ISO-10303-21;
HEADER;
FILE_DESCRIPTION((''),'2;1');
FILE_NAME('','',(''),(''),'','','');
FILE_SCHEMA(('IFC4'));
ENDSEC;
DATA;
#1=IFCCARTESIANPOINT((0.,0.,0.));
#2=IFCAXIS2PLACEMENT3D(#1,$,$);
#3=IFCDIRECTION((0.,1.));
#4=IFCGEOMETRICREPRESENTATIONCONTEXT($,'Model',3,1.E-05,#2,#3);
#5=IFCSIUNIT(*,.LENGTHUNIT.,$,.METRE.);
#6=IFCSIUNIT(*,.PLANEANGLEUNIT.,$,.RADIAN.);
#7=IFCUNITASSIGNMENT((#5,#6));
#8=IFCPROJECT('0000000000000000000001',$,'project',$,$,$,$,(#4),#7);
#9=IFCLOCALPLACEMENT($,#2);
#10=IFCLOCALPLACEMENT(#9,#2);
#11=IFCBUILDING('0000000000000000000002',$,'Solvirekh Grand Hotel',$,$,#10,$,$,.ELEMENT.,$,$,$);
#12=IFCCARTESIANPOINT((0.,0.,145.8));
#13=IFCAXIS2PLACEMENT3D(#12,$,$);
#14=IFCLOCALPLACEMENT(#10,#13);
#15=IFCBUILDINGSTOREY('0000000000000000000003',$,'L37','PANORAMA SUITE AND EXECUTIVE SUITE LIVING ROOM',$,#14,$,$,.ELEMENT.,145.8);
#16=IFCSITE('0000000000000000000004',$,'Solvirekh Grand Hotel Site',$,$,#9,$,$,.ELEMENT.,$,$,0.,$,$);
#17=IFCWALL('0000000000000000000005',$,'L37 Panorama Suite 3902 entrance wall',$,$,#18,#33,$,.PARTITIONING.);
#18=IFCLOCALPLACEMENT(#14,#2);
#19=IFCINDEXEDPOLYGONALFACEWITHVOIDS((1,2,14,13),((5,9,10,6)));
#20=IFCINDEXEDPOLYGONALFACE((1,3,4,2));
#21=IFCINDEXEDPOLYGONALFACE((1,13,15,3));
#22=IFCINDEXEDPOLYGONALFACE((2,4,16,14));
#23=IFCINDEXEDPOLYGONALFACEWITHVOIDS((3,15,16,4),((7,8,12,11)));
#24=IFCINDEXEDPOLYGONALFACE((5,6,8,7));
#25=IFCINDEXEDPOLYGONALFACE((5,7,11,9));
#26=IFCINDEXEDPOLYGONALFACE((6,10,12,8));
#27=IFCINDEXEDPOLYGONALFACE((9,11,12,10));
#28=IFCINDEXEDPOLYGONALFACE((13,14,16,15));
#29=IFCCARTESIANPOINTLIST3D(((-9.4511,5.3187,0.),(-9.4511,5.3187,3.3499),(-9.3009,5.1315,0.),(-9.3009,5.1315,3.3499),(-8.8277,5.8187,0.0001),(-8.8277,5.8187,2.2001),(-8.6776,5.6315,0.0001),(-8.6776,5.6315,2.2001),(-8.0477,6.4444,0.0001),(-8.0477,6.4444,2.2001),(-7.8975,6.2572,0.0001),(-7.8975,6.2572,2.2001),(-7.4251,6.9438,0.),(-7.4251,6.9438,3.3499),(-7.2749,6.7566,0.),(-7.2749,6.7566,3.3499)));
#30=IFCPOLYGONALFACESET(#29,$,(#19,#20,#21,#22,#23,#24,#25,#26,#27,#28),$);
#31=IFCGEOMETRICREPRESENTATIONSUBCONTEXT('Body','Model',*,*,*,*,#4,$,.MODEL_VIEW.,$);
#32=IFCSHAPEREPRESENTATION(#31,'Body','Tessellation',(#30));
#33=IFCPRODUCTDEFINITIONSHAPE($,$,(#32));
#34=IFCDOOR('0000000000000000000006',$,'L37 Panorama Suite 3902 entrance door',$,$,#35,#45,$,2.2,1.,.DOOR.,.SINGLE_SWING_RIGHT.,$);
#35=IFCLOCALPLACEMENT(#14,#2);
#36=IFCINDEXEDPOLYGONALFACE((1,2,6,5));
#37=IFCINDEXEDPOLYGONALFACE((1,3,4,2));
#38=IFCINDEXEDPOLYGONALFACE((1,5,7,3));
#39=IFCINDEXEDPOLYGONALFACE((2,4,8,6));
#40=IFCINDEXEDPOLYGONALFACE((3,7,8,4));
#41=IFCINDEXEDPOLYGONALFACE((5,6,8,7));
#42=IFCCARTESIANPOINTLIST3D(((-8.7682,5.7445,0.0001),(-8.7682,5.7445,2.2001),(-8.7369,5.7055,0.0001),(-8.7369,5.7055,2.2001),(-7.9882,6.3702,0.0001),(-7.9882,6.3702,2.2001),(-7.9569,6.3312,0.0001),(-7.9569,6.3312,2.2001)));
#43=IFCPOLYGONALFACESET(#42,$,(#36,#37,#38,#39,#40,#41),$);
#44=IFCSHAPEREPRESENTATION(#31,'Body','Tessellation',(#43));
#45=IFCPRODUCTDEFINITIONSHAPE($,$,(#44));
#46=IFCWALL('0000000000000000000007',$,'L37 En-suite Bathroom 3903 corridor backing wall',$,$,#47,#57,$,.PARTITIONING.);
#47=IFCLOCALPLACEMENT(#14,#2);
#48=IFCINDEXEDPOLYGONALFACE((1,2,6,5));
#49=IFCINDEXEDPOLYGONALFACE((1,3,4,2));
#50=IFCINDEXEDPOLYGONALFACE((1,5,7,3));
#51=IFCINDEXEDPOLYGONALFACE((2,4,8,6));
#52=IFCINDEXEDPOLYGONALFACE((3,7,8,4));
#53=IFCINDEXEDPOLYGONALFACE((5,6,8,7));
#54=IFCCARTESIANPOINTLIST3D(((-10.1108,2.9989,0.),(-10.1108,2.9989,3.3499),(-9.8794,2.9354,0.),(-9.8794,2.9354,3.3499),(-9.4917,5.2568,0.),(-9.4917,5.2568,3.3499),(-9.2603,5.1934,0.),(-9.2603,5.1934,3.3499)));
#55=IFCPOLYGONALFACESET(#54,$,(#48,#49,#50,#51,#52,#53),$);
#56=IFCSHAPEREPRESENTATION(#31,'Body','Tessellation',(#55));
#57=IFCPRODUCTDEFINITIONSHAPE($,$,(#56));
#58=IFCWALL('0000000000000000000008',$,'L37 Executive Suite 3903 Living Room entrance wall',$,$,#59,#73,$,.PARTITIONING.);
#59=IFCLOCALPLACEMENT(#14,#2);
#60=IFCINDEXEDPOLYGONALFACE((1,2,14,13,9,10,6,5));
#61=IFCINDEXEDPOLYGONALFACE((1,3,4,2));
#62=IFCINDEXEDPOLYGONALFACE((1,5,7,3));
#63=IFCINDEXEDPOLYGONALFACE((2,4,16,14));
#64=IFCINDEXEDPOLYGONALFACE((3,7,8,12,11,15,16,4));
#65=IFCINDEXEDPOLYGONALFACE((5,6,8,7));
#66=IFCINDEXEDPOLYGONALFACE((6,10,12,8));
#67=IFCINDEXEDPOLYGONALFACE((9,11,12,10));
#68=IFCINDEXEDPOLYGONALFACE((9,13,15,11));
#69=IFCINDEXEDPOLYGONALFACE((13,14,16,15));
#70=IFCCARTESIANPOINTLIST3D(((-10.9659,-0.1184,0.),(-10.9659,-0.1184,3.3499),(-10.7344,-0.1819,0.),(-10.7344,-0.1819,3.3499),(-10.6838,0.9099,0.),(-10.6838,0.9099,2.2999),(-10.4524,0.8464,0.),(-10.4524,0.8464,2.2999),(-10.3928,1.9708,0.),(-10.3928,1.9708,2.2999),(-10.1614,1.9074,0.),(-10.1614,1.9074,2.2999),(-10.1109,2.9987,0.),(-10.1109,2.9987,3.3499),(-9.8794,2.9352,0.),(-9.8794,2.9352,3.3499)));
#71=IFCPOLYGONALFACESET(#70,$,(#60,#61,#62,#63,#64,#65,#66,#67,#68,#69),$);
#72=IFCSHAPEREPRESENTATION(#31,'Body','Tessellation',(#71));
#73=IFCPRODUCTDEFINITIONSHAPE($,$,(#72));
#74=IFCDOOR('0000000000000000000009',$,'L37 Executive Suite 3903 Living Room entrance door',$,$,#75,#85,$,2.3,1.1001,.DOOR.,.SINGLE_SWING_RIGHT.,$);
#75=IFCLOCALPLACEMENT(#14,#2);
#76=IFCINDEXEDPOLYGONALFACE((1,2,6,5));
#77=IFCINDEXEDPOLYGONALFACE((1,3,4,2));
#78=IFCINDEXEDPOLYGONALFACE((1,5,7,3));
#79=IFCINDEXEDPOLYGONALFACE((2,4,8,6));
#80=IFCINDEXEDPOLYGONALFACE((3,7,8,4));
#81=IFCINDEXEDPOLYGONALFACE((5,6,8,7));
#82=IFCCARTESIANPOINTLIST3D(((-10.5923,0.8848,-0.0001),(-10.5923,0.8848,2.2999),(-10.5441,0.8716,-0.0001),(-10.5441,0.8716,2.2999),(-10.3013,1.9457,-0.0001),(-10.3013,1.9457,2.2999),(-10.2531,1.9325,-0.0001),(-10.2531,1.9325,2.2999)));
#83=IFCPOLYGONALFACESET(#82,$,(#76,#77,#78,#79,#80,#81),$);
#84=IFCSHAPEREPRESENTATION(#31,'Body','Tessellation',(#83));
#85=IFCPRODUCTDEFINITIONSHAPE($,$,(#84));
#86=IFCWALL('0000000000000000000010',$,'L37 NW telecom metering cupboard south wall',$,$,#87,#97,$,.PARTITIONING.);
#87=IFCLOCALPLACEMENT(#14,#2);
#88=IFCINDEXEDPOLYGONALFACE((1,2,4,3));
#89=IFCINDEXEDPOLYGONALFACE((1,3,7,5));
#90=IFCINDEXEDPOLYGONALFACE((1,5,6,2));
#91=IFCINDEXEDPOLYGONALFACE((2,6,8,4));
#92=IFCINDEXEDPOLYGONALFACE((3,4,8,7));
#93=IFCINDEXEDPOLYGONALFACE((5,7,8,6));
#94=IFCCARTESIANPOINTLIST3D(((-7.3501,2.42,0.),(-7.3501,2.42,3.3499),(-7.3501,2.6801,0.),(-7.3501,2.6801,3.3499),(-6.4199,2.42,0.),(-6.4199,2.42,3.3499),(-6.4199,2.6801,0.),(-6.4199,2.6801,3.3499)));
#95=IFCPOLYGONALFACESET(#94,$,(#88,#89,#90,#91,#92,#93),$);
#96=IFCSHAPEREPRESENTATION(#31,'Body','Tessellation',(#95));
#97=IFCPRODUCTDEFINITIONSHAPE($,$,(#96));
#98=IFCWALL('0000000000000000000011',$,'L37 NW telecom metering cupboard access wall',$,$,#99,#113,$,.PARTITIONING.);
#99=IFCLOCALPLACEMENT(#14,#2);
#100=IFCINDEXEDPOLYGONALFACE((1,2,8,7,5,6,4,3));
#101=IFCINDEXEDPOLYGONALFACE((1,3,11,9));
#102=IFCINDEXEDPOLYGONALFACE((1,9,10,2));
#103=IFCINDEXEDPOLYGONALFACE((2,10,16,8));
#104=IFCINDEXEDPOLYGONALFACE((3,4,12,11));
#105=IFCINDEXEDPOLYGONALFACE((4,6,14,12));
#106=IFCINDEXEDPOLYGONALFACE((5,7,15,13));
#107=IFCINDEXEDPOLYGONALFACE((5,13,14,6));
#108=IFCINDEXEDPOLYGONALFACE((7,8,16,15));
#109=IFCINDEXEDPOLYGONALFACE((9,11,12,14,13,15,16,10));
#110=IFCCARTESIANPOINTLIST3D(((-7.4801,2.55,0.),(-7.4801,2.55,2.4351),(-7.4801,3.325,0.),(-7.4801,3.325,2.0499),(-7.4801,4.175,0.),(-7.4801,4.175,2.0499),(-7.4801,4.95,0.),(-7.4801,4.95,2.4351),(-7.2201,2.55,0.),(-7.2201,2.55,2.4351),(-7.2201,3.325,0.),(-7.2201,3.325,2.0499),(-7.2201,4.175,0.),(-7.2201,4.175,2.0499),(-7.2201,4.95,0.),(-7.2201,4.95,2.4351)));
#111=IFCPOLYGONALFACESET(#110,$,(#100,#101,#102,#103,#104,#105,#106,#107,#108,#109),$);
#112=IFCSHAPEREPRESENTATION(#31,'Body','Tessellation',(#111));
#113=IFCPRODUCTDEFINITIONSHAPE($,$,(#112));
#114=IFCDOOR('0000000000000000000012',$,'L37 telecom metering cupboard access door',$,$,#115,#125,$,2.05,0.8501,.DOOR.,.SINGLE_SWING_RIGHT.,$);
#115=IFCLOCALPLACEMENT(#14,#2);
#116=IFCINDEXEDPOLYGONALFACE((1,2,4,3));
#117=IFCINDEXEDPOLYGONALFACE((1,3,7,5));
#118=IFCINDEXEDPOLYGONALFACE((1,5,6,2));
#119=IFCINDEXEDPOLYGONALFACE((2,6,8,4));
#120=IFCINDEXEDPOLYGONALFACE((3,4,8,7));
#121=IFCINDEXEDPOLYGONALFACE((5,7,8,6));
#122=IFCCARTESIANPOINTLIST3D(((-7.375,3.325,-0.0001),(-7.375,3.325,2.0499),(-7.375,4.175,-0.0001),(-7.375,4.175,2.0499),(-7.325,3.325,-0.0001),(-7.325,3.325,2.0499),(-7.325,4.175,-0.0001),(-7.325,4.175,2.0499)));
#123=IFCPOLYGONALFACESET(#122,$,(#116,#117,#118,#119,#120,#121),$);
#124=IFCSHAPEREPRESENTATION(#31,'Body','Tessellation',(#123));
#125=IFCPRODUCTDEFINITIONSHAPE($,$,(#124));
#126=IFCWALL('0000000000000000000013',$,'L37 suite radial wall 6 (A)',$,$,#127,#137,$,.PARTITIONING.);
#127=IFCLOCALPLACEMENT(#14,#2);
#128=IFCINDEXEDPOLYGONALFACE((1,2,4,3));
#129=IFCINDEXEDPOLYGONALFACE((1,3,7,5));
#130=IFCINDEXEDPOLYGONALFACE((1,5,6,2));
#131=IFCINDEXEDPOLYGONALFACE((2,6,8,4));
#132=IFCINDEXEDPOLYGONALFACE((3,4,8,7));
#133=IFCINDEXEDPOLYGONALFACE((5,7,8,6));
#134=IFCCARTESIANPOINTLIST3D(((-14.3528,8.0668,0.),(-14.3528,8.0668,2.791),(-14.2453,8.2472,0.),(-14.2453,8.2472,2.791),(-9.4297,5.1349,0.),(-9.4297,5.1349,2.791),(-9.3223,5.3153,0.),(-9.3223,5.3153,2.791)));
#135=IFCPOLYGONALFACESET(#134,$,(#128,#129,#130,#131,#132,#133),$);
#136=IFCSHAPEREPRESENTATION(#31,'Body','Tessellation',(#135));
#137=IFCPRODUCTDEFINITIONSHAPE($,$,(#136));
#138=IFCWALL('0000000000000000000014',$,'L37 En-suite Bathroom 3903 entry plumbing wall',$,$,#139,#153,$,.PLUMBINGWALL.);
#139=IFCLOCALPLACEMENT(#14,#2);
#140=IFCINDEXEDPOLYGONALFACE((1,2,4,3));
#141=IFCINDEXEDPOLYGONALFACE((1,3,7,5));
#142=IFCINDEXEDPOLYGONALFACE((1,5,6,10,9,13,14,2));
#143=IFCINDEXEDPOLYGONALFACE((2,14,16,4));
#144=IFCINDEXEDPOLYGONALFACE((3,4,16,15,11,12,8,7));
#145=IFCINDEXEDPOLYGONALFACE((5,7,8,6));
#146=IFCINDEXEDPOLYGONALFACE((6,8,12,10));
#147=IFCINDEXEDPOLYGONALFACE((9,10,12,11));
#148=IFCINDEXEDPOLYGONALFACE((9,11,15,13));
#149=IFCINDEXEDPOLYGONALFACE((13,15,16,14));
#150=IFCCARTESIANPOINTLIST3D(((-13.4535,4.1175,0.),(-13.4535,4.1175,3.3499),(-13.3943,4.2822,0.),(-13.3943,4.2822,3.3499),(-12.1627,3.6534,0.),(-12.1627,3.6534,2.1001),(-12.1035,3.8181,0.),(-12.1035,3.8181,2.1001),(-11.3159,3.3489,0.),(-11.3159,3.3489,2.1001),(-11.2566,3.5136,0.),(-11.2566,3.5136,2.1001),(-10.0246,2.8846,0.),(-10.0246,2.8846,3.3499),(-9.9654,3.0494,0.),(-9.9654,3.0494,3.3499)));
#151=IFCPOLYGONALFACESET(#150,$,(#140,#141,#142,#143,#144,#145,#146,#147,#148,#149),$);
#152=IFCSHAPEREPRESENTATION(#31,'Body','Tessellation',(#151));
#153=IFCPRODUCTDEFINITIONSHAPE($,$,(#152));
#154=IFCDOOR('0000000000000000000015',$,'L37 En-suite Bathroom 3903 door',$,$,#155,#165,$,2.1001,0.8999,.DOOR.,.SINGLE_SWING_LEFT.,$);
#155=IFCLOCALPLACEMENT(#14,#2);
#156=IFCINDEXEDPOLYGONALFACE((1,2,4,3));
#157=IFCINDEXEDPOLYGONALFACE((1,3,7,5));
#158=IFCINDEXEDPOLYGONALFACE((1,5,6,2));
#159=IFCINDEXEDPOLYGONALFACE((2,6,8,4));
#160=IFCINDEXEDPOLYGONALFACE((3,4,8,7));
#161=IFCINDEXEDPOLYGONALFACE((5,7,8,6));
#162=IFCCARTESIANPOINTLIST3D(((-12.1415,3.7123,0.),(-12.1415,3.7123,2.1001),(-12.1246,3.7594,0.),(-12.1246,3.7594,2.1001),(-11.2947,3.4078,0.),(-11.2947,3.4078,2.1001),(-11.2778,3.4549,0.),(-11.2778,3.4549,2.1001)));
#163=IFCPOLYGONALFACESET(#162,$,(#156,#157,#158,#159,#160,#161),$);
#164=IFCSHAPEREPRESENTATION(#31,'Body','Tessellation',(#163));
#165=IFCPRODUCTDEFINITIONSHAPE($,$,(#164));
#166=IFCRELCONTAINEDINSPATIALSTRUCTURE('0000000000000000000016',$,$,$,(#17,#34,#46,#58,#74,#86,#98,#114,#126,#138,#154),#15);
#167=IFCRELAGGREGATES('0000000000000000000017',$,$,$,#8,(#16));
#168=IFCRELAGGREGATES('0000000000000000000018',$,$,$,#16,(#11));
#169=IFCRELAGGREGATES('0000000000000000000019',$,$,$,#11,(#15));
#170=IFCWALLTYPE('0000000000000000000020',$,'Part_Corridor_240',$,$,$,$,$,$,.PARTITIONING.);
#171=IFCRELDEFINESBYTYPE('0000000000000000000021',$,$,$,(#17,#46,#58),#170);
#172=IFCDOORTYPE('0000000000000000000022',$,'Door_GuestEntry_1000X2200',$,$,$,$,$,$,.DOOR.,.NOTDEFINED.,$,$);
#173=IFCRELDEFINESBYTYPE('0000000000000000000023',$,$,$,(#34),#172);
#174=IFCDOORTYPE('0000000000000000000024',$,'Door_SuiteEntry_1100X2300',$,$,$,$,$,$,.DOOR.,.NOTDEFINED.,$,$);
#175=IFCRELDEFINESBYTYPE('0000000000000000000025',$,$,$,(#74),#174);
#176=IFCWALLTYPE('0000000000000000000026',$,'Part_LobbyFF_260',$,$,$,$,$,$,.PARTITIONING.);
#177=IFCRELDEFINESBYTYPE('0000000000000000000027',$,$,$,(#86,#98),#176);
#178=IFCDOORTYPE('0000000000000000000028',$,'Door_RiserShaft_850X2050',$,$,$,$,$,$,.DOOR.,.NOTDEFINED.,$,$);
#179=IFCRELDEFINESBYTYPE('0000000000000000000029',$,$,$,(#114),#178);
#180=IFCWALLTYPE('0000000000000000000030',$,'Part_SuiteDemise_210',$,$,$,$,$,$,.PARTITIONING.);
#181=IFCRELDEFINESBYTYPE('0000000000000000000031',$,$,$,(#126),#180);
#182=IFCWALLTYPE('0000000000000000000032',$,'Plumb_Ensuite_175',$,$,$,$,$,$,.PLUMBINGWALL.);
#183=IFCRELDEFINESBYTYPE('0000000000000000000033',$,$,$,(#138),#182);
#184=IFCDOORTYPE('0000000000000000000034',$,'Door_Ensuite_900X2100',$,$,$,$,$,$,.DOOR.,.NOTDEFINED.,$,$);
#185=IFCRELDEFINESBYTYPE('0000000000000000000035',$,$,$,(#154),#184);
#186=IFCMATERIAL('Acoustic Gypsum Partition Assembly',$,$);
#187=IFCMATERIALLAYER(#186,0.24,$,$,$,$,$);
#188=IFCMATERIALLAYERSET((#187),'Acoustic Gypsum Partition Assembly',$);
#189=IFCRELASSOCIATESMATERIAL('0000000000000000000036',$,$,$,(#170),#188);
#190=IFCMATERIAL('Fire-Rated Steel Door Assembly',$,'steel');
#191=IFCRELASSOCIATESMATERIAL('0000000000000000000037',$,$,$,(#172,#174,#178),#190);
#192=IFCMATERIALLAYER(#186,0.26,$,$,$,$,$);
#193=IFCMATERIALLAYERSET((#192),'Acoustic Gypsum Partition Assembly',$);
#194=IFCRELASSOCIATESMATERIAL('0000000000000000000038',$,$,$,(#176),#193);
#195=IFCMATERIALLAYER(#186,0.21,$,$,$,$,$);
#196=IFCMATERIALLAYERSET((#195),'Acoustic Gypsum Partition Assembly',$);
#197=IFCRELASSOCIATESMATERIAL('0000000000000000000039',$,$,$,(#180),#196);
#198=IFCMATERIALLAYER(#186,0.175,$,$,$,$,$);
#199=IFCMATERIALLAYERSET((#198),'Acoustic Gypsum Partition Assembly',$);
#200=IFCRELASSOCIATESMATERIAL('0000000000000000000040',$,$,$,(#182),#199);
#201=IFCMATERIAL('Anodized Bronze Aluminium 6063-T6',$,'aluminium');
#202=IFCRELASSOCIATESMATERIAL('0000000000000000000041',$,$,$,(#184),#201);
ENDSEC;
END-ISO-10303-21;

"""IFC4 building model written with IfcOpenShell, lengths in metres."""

from ifc_helpers import new_model, si_unit, direction, frame, frame_2d, origin, place, context, subcontext, project, spatial, rectangle, extrude, material, layer, layer_set, type_object, element, fill, save


model = new_model("IFC4")

# Units and contexts
model_context = context("Model", 3, precision=1e-05, world=origin(), true_north=direction((0.0, 1.0)))
body_context = subcontext(model_context, "Body", "Model", "MODEL_VIEW")
ifc_project = project(units=[si_unit("LENGTHUNIT", "METRE"), si_unit("PLANEANGLEUNIT", "RADIAN")], contexts=[model_context])

# Site, building, storey
site_placement = place(None, origin())
site = spatial("IfcSite", under=ifc_project, at=site_placement, Name="Solvirekh Grand Hotel Site", CompositionType="ELEMENT", RefElevation=0.0)
building_placement = place(site_placement, origin())
building = spatial("IfcBuilding", under=site, at=building_placement, Name="Solvirekh Grand Hotel", CompositionType="ELEMENT")
storey_placement = place(building_placement, frame((0.0, 0.0, 145.8)))
storey = spatial("IfcBuildingStorey", under=building, at=storey_placement, Name="L37", Description="PANORAMA SUITE AND EXECUTIVE SUITE LIVING ROOM", CompositionType="ELEMENT", Elevation=145.8)

# Shared definitions
ifc_material_1 = material(Name="Anodized Bronze Aluminium 6063-T6", Category="aluminium")

# Wall, opening, door
ifc_material_2 = material(Name="Acoustic Gypsum Partition Assembly")
ifc_layer_1 = layer(ifc_material_2, 0.24)
ifc_layer_set_1 = layer_set([ifc_layer_1], Name="Acoustic Gypsum Partition Assembly")
wall_type_1 = type_object("IfcWallType", Name="Part_Corridor_240", PredefinedType="PARTITIONING", material=ifc_layer_set_1)
wall_1_placement = place(storey_placement, frame((-9.376, 5.2251, 0.0), z_axis=(0.0, 0.0, 1.0), x_axis=(0.780061, 0.625703, 0.0)))
wall_1 = element("IfcWall", 1, at=wall_1_placement, inside=storey, type_object=wall_type_1, Name="L37 Panorama Suite 3902 entrance wall", PredefinedType="PARTITIONING", context=body_context, shape_type="SweptSolid", body=[
    extrude(rectangle(XDim=2.5972, YDim=0.24, at=frame_2d((1.2986, 0.0))), origin(), (0.0, 0.0, 1.0), 3.3499),
])
opening_1_placement = place(wall_1_placement, frame((0.7991, 0.0, 0.0)))
opening_1 = element("IfcOpeningElement", 2, at=opening_1_placement, cuts=wall_1, PredefinedType="OPENING", context=body_context, shape_type="SweptSolid", body=[
    extrude(rectangle(XDim=1.0, YDim=2.2, at=frame_2d((0.5, 1.1001))), frame((0.0, 0.1299, 0.0), z_axis=(0.0, -1.0, 0.0), x_axis=(1.0, 0.0, 0.0)), (0.0, 0.0, 1.0), 0.26),
])
ifc_material_3 = material(Name="Fire-Rated Steel Door Assembly", Category="steel")
door_type_1 = type_object("IfcDoorType", Name="Door_GuestEntry_1000X2200", OperationType="NOTDEFINED", PredefinedType="DOOR", material=ifc_material_3)
door_1_placement = place(opening_1_placement, origin())
door_1 = element("IfcDoor", 3, at=door_1_placement, inside=storey, type_object=door_type_1, Name="L37 Panorama Suite 3902 entrance door", OperationType="SINGLE_SWING_RIGHT", OverallHeight=2.2, OverallWidth=1.0, PredefinedType="DOOR", context=body_context, shape_type="SweptSolid", body=[
    extrude(rectangle(XDim=1.0, YDim=2.2, at=frame_2d((0.5, 1.1001))), frame((0.0, 0.0249, 0.0), z_axis=(0.0, -1.0, 0.0), x_axis=(1.0, 0.0, 0.0)), (0.0, 0.0, 1.0), 0.05),
])
fill(opening_1, door_1)

# Wall
wall_2_placement = place(storey_placement, frame((-9.376, 5.2251, 0.0), z_axis=(0.0, 0.0, 1.0), x_axis=(-0.264432, -0.964404, 0.0)))
element("IfcWall", 4, at=wall_2_placement, inside=storey, type_object=wall_type_1, Name="L37 En-suite Bathroom 3903 corridor backing wall", PredefinedType="PARTITIONING", context=body_context, shape_type="SweptSolid", body=[
    extrude(rectangle(XDim=2.3413, YDim=0.24, at=frame_2d((1.1707, 0.0))), origin(), (0.0, 0.0, 1.0), 3.3499),
])

# Wall, opening, door
wall_3_placement = place(storey_placement, frame((-9.9951, 2.967, 0.0), z_axis=(0.0, 0.0, 1.0), x_axis=(-0.26453, -0.964378, 0.0)))
wall_3 = element("IfcWall", 5, at=wall_3_placement, inside=storey, type_object=wall_type_1, Name="L37 Executive Suite 3903 Living Room entrance wall", PredefinedType="PARTITIONING", context=body_context, shape_type="SweptSolid", body=[
    extrude(rectangle(XDim=3.2322, YDim=0.24, at=frame_2d((1.6162, 0.0))), origin(), (0.0, 0.0, 1.0), 3.3499),
])
opening_2_placement = place(wall_3_placement, frame((1.0659, 0.0, 0.0)))
opening_2 = element("IfcOpeningElement", 6, at=opening_2_placement, cuts=wall_3, PredefinedType="OPENING", context=body_context, shape_type="SweptSolid", body=[
    extrude(rectangle(XDim=1.1001, YDim=2.3, at=frame_2d((0.55, 1.1499))), frame((0.0, 0.1299, 0.0), z_axis=(0.0, -1.0, 0.0), x_axis=(1.0, 0.0, 0.0)), (0.0, 0.0, 1.0), 0.26),
])
door_type_2 = type_object("IfcDoorType", Name="Door_SuiteEntry_1100X2300", OperationType="NOTDEFINED", PredefinedType="DOOR", material=ifc_material_3)
door_2_placement = place(opening_2_placement, origin())
door_2 = element("IfcDoor", 7, at=door_2_placement, inside=storey, type_object=door_type_2, Name="L37 Executive Suite 3903 Living Room entrance door", OperationType="SINGLE_SWING_RIGHT", OverallHeight=2.3, OverallWidth=1.1001, PredefinedType="DOOR", context=body_context, shape_type="SweptSolid", body=[
    extrude(rectangle(XDim=1.1001, YDim=2.3, at=frame_2d((0.55, 1.1499))), frame((0.0, 0.0249, 0.0), z_axis=(0.0, -1.0, 0.0), x_axis=(1.0, 0.0, 0.0)), (0.0, 0.0, 1.0), 0.05),
])
fill(opening_2, door_2)

# Wall
ifc_layer_2 = layer(ifc_material_2, 0.26)
ifc_layer_set_2 = layer_set([ifc_layer_2], Name="Acoustic Gypsum Partition Assembly")
wall_type_2 = type_object("IfcWallType", Name="Part_LobbyFF_260", PredefinedType="PARTITIONING", material=ifc_layer_set_2)
wall_4_placement = place(storey_placement, frame((-7.3501, 2.55, 0.0), z_axis=(0.0, 0.0, 1.0), x_axis=(1.0, 0.0, 0.0)))
element("IfcWall", 8, at=wall_4_placement, inside=storey, type_object=wall_type_2, Name="L37 NW telecom metering cupboard south wall", PredefinedType="PARTITIONING", context=body_context, shape_type="SweptSolid", body=[
    extrude(rectangle(XDim=0.9302, YDim=0.26, at=frame_2d((0.4651, 0.0))), origin(), (0.0, 0.0, 1.0), 3.3499),
])

# Wall, opening, door
wall_5_placement = place(storey_placement, frame((-7.3501, 2.55, 0.0), z_axis=(0.0, 0.0, 1.0), x_axis=(0.0, 1.0, 0.0)))
wall_5 = element("IfcWall", 9, at=wall_5_placement, inside=storey, type_object=wall_type_2, Name="L37 NW telecom metering cupboard access wall", PredefinedType="PARTITIONING", context=body_context, shape_type="SweptSolid", body=[
    extrude(rectangle(XDim=2.3999, YDim=0.26, at=frame_2d((1.2, 0.0))), origin(), (0.0, 0.0, 1.0), 2.4351),
])
opening_3_placement = place(wall_5_placement, frame((0.7749, 0.0, 0.0)))
opening_3 = element("IfcOpeningElement", 10, at=opening_3_placement, cuts=wall_5, PredefinedType="OPENING", context=body_context, shape_type="SweptSolid", body=[
    extrude(rectangle(XDim=0.8501, YDim=2.05, at=frame_2d((0.425, 1.0249))), frame((0.0, 0.1401, 0.0), z_axis=(0.0, -1.0, 0.0), x_axis=(1.0, 0.0, 0.0)), (0.0, 0.0, 1.0), 0.28),
])
door_type_3 = type_object("IfcDoorType", Name="Door_RiserShaft_850X2050", OperationType="NOTDEFINED", PredefinedType="DOOR", material=ifc_material_3)
door_3_placement = place(opening_3_placement, origin())
door_3 = element("IfcDoor", 11, at=door_3_placement, inside=storey, type_object=door_type_3, Name="L37 telecom metering cupboard access door", OperationType="SINGLE_SWING_RIGHT", OverallHeight=2.05, OverallWidth=0.8501, PredefinedType="DOOR", context=body_context, shape_type="SweptSolid", body=[
    extrude(rectangle(XDim=0.8501, YDim=2.05, at=frame_2d((0.425, 1.0249))), frame((0.0, 0.0249, 0.0), z_axis=(0.0, -1.0, 0.0), x_axis=(1.0, 0.0, 0.0)), (0.0, 0.0, 1.0), 0.05),
])
fill(opening_3, door_3)

# Wall
ifc_layer_3 = layer(ifc_material_2, 0.21)
ifc_layer_set_3 = layer_set([ifc_layer_3], Name="Acoustic Gypsum Partition Assembly")
wall_type_3 = type_object("IfcWallType", Name="Part_SuiteDemise_210", PredefinedType="PARTITIONING", material=ifc_layer_set_3)
wall_6_placement = place(storey_placement, frame((-9.376, 5.2251, 0.0), z_axis=(0.0, 0.0, 1.0), x_axis=(-0.85918, 0.511673, 0.0)))
element("IfcWall", 12, at=wall_6_placement, inside=storey, type_object=wall_type_3, Name="L37 suite radial wall 6 (A)", PredefinedType="PARTITIONING", context=body_context, shape_type="SweptSolid", body=[
    extrude(rectangle(XDim=5.73, YDim=0.21, at=frame_2d((2.865, 0.0))), origin(), (0.0, 0.0, 1.0), 2.791),
])

# Wall, opening, door
ifc_layer_4 = layer(ifc_material_2, 0.175)
ifc_layer_set_4 = layer_set([ifc_layer_4], Name="Acoustic Gypsum Partition Assembly")
wall_type_4 = type_object("IfcWallType", Name="Plumb_Ensuite_175", PredefinedType="PLUMBINGWALL", material=ifc_layer_set_4)
wall_7_placement = place(storey_placement, frame((-9.9951, 2.967, 0.0), z_axis=(0.0, 0.0, 1.0), x_axis=(-0.94102, 0.338352, 0.0)))
wall_7 = element("IfcWall", 13, at=wall_7_placement, inside=storey, type_object=wall_type_4, Name="L37 En-suite Bathroom 3903 entry plumbing wall", PredefinedType="PLUMBINGWALL", context=body_context, shape_type="SweptSolid", body=[
    extrude(rectangle(XDim=3.6438, YDim=0.175, at=frame_2d((1.8218, 0.0))), origin(), (0.0, 0.0, 1.0), 3.3499),
])
opening_4_placement = place(wall_7_placement, frame((1.3721, 0.0, 0.0)))
opening_4 = element("IfcOpeningElement", 14, at=opening_4_placement, cuts=wall_7, PredefinedType="OPENING", context=body_context, shape_type="SweptSolid", body=[
    extrude(rectangle(XDim=0.8999, YDim=2.1001, at=frame_2d((0.45, 1.05))), frame((0.0, 0.0977, 0.0), z_axis=(0.0, -1.0, 0.0), x_axis=(1.0, 0.0, 0.0)), (0.0, 0.0, 1.0), 0.1951),
])
door_type_4 = type_object("IfcDoorType", Name="Door_Ensuite_900X2100", OperationType="NOTDEFINED", PredefinedType="DOOR", material=ifc_material_1)
door_4_placement = place(opening_4_placement, origin())
door_4 = element("IfcDoor", 15, at=door_4_placement, inside=storey, type_object=door_type_4, Name="L37 En-suite Bathroom 3903 door", OperationType="SINGLE_SWING_LEFT", OverallHeight=2.1001, OverallWidth=0.8999, PredefinedType="DOOR", context=body_context, shape_type="SweptSolid", body=[
    extrude(rectangle(XDim=0.8999, YDim=2.1001, at=frame_2d((0.45, 1.05))), frame((0.0, 0.0249, 0.0), z_axis=(0.0, -1.0, 0.0), x_axis=(1.0, 0.0, 0.0)), (0.0, 0.0, 1.0), 0.05),
])
fill(opening_4, door_4)

save(model, "model.ifc")
